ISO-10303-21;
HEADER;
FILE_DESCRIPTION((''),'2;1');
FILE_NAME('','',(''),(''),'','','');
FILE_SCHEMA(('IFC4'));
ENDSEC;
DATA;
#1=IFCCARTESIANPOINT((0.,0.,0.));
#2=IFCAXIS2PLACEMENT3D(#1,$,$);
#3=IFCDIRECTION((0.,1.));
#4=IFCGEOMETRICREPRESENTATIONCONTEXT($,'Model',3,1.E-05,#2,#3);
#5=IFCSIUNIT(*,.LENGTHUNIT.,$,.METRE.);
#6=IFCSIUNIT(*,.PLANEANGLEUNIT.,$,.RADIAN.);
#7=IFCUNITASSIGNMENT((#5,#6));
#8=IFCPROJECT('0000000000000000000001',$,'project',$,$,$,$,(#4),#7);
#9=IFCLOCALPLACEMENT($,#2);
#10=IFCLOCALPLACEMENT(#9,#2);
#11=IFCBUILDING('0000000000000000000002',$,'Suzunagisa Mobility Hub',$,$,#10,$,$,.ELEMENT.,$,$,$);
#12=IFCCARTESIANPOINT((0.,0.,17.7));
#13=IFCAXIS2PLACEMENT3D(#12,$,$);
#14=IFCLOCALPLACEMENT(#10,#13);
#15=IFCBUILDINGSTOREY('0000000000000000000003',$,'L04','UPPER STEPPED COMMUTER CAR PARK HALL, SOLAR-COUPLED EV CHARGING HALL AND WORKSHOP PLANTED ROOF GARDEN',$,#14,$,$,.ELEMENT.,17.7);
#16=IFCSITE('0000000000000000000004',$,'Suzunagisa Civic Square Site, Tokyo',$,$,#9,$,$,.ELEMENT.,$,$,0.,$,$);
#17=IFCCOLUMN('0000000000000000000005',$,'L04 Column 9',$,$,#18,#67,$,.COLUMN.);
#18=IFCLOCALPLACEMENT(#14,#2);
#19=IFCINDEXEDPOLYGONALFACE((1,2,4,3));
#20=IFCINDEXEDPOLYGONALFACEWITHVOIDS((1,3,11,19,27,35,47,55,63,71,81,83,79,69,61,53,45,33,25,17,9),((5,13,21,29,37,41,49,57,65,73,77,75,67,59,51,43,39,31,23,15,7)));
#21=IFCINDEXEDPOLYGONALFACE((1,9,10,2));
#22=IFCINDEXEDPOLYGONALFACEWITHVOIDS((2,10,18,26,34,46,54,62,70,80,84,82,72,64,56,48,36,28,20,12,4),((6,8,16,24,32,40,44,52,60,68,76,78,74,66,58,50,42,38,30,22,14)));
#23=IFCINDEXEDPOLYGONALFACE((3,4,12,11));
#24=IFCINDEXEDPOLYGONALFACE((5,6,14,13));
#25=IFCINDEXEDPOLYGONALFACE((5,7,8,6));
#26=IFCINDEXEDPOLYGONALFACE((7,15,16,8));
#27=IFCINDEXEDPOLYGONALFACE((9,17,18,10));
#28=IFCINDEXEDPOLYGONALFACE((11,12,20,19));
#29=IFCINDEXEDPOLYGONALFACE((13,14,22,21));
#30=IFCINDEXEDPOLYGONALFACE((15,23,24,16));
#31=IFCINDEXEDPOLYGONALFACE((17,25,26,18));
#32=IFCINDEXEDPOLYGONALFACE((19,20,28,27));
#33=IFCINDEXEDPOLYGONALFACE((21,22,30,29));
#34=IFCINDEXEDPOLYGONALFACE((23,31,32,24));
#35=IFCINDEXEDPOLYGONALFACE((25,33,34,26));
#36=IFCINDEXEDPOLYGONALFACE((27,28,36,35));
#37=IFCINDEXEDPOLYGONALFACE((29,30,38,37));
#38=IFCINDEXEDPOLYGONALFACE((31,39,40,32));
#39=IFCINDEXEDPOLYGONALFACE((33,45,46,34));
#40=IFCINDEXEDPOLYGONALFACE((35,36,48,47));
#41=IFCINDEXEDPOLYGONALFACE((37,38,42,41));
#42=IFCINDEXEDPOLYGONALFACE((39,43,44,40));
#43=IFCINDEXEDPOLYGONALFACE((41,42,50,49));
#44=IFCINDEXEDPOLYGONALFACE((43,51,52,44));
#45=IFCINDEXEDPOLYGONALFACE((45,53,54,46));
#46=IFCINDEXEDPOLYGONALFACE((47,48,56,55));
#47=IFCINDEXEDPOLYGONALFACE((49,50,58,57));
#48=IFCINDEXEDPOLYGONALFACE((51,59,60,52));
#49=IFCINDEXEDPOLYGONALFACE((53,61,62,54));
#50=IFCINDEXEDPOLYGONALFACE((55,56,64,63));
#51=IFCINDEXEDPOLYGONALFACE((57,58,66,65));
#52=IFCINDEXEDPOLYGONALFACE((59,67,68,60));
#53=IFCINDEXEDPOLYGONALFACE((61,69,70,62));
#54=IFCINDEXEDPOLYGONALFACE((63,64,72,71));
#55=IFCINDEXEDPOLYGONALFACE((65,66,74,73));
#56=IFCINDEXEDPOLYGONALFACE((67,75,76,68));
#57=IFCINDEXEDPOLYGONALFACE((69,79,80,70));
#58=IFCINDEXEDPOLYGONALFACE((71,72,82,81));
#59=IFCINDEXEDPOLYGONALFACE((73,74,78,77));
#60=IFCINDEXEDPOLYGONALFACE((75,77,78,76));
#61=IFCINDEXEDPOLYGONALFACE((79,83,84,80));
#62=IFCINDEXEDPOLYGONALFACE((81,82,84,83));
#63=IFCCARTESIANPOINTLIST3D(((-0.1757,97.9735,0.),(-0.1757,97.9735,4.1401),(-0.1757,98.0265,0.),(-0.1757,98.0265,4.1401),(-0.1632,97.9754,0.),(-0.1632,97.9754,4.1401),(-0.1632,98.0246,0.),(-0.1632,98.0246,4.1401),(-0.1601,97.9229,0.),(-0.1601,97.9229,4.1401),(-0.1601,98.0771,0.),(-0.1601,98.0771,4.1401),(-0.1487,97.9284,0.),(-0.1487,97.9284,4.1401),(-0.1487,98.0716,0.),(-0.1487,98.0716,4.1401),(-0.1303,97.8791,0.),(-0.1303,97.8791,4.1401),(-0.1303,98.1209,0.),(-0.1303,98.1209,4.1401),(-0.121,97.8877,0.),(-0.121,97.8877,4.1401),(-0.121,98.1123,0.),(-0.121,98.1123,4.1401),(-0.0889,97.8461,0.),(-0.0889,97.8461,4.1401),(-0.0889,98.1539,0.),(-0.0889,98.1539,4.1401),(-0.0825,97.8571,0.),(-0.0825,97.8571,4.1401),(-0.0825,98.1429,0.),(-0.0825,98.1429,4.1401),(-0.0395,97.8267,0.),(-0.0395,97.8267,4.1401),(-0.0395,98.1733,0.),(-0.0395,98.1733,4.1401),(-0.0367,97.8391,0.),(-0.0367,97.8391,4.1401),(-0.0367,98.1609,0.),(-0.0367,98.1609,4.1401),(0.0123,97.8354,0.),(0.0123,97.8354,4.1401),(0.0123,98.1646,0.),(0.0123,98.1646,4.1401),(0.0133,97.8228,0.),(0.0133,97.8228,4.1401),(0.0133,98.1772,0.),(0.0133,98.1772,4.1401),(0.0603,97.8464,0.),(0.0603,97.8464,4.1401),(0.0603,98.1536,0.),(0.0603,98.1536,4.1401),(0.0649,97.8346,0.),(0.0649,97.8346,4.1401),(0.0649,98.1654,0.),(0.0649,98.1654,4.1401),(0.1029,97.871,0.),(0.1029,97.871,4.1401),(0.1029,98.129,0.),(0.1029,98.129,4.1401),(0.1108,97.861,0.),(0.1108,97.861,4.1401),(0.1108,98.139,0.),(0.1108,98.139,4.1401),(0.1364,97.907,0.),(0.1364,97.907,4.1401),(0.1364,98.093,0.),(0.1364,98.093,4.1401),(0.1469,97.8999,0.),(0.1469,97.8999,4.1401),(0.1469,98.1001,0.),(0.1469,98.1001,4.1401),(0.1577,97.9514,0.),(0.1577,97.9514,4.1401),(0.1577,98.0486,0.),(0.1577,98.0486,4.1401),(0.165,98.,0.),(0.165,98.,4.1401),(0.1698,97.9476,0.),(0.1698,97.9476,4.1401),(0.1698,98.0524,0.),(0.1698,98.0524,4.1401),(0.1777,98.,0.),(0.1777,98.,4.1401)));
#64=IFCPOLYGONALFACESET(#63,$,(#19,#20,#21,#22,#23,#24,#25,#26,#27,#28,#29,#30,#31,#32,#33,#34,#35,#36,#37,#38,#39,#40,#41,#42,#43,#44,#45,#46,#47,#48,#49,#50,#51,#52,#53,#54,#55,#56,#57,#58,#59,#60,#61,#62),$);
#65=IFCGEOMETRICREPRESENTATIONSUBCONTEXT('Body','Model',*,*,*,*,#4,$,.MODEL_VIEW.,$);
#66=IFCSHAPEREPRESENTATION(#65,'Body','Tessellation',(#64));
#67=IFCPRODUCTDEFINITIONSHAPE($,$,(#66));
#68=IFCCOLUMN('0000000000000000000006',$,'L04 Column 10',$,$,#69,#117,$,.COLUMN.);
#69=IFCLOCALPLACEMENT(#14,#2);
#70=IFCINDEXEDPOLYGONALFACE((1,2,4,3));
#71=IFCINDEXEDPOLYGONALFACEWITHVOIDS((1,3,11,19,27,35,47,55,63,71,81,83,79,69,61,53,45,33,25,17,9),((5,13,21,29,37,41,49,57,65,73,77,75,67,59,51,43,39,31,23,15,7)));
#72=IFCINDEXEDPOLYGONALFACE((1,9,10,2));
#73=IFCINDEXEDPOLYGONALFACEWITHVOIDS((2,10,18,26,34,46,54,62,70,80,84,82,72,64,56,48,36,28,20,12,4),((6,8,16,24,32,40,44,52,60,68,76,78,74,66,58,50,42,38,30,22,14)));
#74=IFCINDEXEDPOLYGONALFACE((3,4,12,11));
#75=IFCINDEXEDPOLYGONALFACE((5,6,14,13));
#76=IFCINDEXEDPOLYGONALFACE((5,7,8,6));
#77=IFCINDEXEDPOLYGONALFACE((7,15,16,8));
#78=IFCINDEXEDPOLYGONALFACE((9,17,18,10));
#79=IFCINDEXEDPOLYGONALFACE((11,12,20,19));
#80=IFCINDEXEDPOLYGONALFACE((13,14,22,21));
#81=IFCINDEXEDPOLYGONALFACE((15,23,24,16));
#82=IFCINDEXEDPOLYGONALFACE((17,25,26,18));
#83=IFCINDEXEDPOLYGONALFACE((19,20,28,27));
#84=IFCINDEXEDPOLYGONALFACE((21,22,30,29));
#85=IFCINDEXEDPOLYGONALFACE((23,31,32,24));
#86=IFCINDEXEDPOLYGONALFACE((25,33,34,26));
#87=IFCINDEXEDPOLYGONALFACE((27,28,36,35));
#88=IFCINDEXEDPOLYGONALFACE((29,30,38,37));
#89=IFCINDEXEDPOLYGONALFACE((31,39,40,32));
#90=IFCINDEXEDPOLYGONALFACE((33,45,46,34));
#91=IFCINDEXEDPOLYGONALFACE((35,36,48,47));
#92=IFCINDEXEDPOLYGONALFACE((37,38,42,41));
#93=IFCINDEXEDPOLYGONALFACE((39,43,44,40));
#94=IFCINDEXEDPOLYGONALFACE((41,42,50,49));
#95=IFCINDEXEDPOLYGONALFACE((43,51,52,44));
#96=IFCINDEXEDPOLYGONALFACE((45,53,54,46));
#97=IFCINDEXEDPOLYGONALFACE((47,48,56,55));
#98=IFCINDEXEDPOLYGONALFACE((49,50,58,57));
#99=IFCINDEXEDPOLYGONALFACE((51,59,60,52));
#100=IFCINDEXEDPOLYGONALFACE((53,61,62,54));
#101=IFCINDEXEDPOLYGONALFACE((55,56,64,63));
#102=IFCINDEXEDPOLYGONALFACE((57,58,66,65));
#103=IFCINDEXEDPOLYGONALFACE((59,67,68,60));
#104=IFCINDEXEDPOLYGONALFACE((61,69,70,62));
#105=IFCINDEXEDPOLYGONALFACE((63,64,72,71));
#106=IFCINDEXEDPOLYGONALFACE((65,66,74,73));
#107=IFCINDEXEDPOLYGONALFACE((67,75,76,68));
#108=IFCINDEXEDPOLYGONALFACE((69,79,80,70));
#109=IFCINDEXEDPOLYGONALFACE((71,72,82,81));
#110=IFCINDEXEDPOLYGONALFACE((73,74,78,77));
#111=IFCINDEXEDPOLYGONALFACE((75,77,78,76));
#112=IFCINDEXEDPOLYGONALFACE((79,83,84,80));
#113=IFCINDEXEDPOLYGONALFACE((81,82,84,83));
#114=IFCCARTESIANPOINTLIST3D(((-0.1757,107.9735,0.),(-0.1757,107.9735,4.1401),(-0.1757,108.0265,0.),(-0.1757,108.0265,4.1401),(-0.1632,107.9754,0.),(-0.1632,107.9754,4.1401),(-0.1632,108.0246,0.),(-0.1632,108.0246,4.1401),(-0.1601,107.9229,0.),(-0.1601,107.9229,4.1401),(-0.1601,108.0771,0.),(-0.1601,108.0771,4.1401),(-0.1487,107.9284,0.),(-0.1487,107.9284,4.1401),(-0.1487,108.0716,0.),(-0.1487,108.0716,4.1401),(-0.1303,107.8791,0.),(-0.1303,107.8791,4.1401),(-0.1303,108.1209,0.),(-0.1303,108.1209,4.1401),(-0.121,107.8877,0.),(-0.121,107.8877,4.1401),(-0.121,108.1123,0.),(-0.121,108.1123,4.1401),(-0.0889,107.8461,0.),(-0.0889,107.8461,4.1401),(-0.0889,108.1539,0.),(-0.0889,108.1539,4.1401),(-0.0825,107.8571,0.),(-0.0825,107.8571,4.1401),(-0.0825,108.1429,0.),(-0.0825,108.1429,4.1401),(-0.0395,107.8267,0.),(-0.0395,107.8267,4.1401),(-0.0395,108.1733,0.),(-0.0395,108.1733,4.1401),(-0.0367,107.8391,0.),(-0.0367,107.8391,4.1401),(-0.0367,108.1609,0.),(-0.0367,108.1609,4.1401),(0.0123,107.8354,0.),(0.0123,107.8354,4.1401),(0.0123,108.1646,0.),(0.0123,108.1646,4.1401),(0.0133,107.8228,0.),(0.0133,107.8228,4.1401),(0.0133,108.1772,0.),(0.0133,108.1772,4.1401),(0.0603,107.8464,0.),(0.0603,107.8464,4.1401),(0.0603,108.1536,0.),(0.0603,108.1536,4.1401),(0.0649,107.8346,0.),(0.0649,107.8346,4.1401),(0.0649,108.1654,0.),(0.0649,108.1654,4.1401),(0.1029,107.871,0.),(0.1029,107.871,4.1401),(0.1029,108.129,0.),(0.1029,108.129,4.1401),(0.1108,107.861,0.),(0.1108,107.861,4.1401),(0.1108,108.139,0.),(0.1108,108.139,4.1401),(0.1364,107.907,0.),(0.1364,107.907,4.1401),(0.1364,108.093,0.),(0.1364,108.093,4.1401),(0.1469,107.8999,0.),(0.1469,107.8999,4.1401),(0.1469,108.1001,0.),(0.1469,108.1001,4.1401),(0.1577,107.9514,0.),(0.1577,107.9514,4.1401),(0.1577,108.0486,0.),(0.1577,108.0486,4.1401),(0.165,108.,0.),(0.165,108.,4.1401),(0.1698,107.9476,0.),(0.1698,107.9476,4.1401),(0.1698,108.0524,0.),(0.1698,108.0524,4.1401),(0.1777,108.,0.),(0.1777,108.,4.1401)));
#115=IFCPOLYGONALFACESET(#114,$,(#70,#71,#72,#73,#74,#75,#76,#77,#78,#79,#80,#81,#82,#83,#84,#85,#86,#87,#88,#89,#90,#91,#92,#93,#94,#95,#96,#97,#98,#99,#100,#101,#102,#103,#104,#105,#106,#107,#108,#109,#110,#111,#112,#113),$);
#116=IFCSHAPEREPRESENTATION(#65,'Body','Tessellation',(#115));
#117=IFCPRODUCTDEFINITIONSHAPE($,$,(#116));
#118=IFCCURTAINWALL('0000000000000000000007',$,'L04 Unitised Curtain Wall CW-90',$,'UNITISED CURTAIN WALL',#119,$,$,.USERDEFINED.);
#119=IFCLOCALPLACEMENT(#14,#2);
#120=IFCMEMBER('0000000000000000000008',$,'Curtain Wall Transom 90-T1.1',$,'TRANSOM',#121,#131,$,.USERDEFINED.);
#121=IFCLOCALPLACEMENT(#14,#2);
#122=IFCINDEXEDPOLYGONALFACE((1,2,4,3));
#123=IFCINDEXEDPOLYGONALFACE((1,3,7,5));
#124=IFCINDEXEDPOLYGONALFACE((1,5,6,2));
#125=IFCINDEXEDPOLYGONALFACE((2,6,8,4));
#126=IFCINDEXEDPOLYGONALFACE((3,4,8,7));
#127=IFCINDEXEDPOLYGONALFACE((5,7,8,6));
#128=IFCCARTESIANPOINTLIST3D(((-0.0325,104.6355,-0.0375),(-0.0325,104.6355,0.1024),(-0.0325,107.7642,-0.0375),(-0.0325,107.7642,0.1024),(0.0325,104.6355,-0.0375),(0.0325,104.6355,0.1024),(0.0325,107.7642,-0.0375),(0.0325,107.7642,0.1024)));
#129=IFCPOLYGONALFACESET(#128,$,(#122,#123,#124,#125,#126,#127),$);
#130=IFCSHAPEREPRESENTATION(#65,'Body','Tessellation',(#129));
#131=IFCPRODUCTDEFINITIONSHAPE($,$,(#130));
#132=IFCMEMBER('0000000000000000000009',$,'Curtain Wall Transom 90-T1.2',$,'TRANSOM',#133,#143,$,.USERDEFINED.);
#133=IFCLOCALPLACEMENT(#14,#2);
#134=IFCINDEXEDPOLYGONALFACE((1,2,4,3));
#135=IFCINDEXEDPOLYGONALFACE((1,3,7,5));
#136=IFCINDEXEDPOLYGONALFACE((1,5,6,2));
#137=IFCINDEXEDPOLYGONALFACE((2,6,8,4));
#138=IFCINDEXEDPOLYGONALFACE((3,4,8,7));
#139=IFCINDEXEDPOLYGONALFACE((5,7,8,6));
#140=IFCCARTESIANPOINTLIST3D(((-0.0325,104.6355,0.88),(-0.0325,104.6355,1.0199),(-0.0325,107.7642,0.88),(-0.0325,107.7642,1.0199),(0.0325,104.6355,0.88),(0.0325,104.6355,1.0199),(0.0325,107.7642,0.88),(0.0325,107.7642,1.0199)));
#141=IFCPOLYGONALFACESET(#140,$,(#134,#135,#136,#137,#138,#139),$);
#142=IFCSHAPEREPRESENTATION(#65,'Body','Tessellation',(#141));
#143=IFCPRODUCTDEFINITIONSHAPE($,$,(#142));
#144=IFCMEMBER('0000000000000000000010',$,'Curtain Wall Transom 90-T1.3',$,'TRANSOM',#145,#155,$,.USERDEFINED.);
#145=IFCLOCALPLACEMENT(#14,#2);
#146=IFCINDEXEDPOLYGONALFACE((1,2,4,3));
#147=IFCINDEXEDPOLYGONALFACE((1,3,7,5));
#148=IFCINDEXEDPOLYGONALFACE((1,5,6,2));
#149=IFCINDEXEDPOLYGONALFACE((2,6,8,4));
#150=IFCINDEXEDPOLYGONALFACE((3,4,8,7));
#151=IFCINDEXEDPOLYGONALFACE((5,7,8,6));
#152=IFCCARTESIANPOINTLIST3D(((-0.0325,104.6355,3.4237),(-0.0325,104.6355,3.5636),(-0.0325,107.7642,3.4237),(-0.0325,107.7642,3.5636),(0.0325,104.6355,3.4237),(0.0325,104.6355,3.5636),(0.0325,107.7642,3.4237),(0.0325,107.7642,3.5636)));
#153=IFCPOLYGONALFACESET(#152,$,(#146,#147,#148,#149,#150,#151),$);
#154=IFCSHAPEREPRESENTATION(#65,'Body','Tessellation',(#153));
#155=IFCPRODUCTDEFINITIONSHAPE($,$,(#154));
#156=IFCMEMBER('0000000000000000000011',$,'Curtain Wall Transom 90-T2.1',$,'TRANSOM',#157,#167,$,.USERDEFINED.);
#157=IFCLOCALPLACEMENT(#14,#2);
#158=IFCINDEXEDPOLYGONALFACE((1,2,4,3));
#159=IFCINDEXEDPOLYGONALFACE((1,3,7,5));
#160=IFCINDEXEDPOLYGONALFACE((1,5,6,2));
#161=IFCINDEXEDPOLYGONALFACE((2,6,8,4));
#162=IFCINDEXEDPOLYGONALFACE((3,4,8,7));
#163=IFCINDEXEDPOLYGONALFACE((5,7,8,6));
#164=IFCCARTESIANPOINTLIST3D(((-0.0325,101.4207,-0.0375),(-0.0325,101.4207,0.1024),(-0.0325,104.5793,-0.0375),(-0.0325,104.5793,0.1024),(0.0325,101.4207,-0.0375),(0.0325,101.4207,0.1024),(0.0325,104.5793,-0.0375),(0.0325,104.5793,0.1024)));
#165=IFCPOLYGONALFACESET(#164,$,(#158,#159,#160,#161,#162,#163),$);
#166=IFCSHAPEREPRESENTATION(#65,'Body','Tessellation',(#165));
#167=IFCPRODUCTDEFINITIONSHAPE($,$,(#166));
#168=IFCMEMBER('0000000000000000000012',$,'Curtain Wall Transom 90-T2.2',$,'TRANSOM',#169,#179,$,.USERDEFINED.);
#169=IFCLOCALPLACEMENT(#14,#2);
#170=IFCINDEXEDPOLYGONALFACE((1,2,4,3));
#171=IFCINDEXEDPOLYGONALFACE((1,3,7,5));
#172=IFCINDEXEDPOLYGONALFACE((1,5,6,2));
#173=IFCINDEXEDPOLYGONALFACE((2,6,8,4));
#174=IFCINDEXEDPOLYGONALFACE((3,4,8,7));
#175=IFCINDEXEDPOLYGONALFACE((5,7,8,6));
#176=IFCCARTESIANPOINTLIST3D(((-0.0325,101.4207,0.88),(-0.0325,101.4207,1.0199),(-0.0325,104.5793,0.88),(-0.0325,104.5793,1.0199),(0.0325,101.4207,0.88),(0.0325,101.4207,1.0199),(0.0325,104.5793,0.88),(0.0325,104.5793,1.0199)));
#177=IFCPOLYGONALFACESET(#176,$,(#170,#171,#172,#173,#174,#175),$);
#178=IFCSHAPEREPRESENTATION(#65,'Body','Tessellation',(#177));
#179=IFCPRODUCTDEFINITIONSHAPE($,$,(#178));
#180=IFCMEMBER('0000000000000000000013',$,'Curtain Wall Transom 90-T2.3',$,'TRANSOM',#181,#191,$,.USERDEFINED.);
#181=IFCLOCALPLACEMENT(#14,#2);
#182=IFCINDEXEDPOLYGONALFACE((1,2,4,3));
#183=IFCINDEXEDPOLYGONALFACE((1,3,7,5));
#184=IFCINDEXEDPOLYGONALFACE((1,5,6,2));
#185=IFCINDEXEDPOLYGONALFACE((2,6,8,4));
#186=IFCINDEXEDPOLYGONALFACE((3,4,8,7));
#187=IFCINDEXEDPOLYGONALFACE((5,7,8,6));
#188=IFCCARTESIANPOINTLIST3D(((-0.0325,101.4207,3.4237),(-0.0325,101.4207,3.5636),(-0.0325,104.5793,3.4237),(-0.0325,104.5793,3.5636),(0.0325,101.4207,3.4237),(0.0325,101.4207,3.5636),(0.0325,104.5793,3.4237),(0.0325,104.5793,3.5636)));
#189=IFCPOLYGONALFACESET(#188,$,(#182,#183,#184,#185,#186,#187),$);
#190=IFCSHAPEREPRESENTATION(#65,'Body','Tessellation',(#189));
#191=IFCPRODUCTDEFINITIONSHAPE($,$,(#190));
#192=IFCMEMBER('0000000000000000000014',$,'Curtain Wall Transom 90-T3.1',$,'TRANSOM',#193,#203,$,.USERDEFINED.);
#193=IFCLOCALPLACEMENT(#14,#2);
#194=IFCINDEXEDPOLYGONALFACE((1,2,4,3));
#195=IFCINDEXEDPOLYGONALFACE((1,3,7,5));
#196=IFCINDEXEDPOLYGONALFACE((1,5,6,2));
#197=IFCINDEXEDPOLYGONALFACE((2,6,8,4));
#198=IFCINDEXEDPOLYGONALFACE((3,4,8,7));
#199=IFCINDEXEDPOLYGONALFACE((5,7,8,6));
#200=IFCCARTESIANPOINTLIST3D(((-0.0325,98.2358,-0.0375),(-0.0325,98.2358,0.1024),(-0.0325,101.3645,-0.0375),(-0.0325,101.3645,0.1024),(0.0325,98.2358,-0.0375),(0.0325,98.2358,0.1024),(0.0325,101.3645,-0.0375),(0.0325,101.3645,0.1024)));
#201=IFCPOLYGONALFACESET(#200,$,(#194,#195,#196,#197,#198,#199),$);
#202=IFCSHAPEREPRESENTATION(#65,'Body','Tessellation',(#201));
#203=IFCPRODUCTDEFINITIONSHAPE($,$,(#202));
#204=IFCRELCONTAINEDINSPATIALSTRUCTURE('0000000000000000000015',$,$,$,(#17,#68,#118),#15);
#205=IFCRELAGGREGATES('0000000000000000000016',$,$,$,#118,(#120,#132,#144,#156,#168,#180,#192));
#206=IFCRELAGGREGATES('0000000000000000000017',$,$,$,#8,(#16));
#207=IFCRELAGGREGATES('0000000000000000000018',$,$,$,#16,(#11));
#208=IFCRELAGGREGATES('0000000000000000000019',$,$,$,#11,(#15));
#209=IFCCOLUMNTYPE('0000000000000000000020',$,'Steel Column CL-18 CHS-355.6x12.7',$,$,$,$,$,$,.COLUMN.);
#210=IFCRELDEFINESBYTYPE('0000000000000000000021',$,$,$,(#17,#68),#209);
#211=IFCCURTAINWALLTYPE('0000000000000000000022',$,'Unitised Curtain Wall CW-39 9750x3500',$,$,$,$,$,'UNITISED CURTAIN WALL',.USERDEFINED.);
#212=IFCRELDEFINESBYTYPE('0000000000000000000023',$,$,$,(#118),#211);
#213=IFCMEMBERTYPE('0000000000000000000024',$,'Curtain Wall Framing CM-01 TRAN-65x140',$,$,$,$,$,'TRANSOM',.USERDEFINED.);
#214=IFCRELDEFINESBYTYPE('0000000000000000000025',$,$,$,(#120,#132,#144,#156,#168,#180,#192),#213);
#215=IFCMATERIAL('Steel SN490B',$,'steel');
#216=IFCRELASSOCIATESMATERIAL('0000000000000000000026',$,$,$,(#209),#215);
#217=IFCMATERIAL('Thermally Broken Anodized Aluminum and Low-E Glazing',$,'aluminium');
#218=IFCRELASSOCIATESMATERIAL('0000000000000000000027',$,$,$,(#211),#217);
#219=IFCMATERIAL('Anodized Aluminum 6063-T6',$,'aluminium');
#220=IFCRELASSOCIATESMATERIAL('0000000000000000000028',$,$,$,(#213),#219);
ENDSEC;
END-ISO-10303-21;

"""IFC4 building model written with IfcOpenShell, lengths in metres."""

from ifc_helpers import new_model, si_unit, direction, frame, origin, origin_2d, place, context, subcontext, project, spatial, rectangle, hollow_circle, extrude, material, material_profile, profile_set, type_object, element, aggregate, save


model = new_model("IFC4")

# Units and contexts
model_context = context("Model", 3, precision=1e-05, world=origin(), true_north=direction((0.0, 1.0)))
body_context = subcontext(model_context, "Body", "Model", "MODEL_VIEW")
ifc_project = project(units=[si_unit("LENGTHUNIT", "METRE"), si_unit("PLANEANGLEUNIT", "RADIAN")], contexts=[model_context])

# Site, building, storey
site_placement = place(None, origin())
site = spatial("IfcSite", under=ifc_project, at=site_placement, Name="Suzunagisa Civic Square Site, Tokyo", CompositionType="ELEMENT", RefElevation=0.0)
building_placement = place(site_placement, origin())
building = spatial("IfcBuilding", under=site, at=building_placement, Name="Suzunagisa Mobility Hub", CompositionType="ELEMENT")
storey_placement = place(building_placement, frame((0.0, 0.0, 17.7)))
storey = spatial("IfcBuildingStorey", under=building, at=storey_placement, Name="L04", Description="UPPER STEPPED COMMUTER CAR PARK HALL, SOLAR-COUPLED EV CHARGING HALL AND WORKSHOP PLANTED ROOF GARDEN", CompositionType="ELEMENT", Elevation=17.7)

# Columns
ifc_material_1 = material(Name="Steel SN490B", Category="steel")
ifc_material_profile_1 = material_profile(ifc_material_1, hollow_circle(Radius=0.1777, WallThickness=0.0127, at=origin_2d()), Name="CHS-355.6x12.7")
ifc_profile_set_1 = profile_set([ifc_material_profile_1], Name="Steel SN490B")
column_type = type_object("IfcColumnType", Name="Steel Column CL-18 CHS-355.6x12.7", PredefinedType="COLUMN", material=ifc_profile_set_1)
for number, where, z_axis, x_axis, name in (
    (1, (0.0, 98.0, 0.0), (0.0, 0.0, 1.0), (1.0, 0.0, 0.0), "L04 Column 9"),
    (2, (0.0, 108.0, 0.0), (0.0, 0.0, 1.0), (1.0, 0.0, 0.0), "L04 Column 10"),
):
    element("IfcColumn", number, at=place(storey_placement, frame(where, z_axis=z_axis, x_axis=x_axis)), inside=storey, type_object=column_type, Name=name, PredefinedType="COLUMN", context=body_context, shape_type="SweptSolid", body=[
        extrude(hollow_circle(Radius=0.1777, WallThickness=0.0127, at=origin_2d()), origin(), (0.0, 0.0, 1.0), 4.1401),
    ])

# Curtain wall, members
ifc_material_2 = material(Name="Thermally Broken Anodized Aluminum and Low-E Glazing", Category="aluminium")
curtain_wall_type = type_object("IfcCurtainWallType", Name="Unitised Curtain Wall CW-39 9750x3500", ElementType="UNITISED CURTAIN WALL", PredefinedType="USERDEFINED", material=ifc_material_2)
curtain_wall_placement = place(storey_placement, origin())
curtain_wall = element("IfcCurtainWall", 3, at=curtain_wall_placement, inside=storey, type_object=curtain_wall_type, Name="L04 Unitised Curtain Wall CW-90", ObjectType="UNITISED CURTAIN WALL", PredefinedType="USERDEFINED")
ifc_material_3 = material(Name="Anodized Aluminum 6063-T6", Category="aluminium")
ifc_material_profile_2 = material_profile(ifc_material_3, rectangle(XDim=0.0649, YDim=0.1399, at=origin_2d()), Name="TRAN-65x140")
ifc_profile_set_2 = profile_set([ifc_material_profile_2], Name="Anodized Aluminum 6063-T6")
member_type_1 = type_object("IfcMemberType", Name="Curtain Wall Framing CM-01 TRAN-65x140", ElementType="TRANSOM", PredefinedType="USERDEFINED", material=ifc_profile_set_2)
member_1_placement = place(storey_placement, frame((0.0, 107.7642, 0.0325), z_axis=(0.0, -1.0, 0.0), x_axis=(1.0, 0.0, 0.0)))
member_1 = element("IfcMember", 4, at=member_1_placement, type_object=member_type_1, Name="Curtain Wall Transom 90-T1.1", ObjectType="TRANSOM", PredefinedType="USERDEFINED", context=body_context, shape_type="SweptSolid", body=[
    extrude(rectangle(XDim=0.0649, YDim=0.1399, at=origin_2d()), origin(), (0.0, 0.0, 1.0), 3.1287),
])
member_2_placement = place(storey_placement, frame((0.0, 107.7642, 0.95), z_axis=(0.0, -1.0, 0.0), x_axis=(1.0, 0.0, 0.0)))
member_2 = element("IfcMember", 5, at=member_2_placement, type_object=member_type_1, Name="Curtain Wall Transom 90-T1.2", ObjectType="TRANSOM", PredefinedType="USERDEFINED", context=body_context, shape_type="SweptSolid", body=[
    extrude(rectangle(XDim=0.0649, YDim=0.1399, at=origin_2d()), origin(), (0.0, 0.0, 1.0), 3.1287),
])
member_3_placement = place(storey_placement, frame((0.0, 107.7642, 3.4937), z_axis=(0.0, -1.0, 0.0), x_axis=(1.0, 0.0, 0.0)))
member_3 = element("IfcMember", 6, at=member_3_placement, type_object=member_type_1, Name="Curtain Wall Transom 90-T1.3", ObjectType="TRANSOM", PredefinedType="USERDEFINED", context=body_context, shape_type="SweptSolid", body=[
    extrude(rectangle(XDim=0.0649, YDim=0.1399, at=origin_2d()), origin(), (0.0, 0.0, 1.0), 3.1287),
])
member_4_placement = place(storey_placement, frame((0.0, 104.5793, 0.0325), z_axis=(0.0, -1.0, 0.0), x_axis=(1.0, 0.0, 0.0)))
member_4 = element("IfcMember", 7, at=member_4_placement, type_object=member_type_1, Name="Curtain Wall Transom 90-T2.1", ObjectType="TRANSOM", PredefinedType="USERDEFINED", context=body_context, shape_type="SweptSolid", body=[
    extrude(rectangle(XDim=0.0649, YDim=0.1399, at=origin_2d()), origin(), (0.0, 0.0, 1.0), 3.1587),
])
member_5_placement = place(storey_placement, frame((0.0, 104.5793, 0.95), z_axis=(0.0, -1.0, 0.0), x_axis=(1.0, 0.0, 0.0)))
member_5 = element("IfcMember", 8, at=member_5_placement, type_object=member_type_1, Name="Curtain Wall Transom 90-T2.2", ObjectType="TRANSOM", PredefinedType="USERDEFINED", context=body_context, shape_type="SweptSolid", body=[
    extrude(rectangle(XDim=0.0649, YDim=0.1399, at=origin_2d()), origin(), (0.0, 0.0, 1.0), 3.1587),
])
member_6_placement = place(storey_placement, frame((0.0, 104.5793, 3.4937), z_axis=(0.0, -1.0, 0.0), x_axis=(1.0, 0.0, 0.0)))
member_6 = element("IfcMember", 9, at=member_6_placement, type_object=member_type_1, Name="Curtain Wall Transom 90-T2.3", ObjectType="TRANSOM", PredefinedType="USERDEFINED", context=body_context, shape_type="SweptSolid", body=[
    extrude(rectangle(XDim=0.0649, YDim=0.1399, at=origin_2d()), origin(), (0.0, 0.0, 1.0), 3.1587),
])
member_7_placement = place(storey_placement, frame((0.0, 101.3645, 0.0325), z_axis=(0.0, -1.0, 0.0), x_axis=(1.0, 0.0, 0.0)))
member_7 = element("IfcMember", 10, at=member_7_placement, type_object=member_type_1, Name="Curtain Wall Transom 90-T3.1", ObjectType="TRANSOM", PredefinedType="USERDEFINED", context=body_context, shape_type="SweptSolid", body=[
    extrude(rectangle(XDim=0.0649, YDim=0.1399, at=origin_2d()), origin(), (0.0, 0.0, 1.0), 3.1287),
])

aggregate(curtain_wall, [member_1, member_2, member_3, member_4, member_5, member_6, member_7])

save(model, "model.ifc")
